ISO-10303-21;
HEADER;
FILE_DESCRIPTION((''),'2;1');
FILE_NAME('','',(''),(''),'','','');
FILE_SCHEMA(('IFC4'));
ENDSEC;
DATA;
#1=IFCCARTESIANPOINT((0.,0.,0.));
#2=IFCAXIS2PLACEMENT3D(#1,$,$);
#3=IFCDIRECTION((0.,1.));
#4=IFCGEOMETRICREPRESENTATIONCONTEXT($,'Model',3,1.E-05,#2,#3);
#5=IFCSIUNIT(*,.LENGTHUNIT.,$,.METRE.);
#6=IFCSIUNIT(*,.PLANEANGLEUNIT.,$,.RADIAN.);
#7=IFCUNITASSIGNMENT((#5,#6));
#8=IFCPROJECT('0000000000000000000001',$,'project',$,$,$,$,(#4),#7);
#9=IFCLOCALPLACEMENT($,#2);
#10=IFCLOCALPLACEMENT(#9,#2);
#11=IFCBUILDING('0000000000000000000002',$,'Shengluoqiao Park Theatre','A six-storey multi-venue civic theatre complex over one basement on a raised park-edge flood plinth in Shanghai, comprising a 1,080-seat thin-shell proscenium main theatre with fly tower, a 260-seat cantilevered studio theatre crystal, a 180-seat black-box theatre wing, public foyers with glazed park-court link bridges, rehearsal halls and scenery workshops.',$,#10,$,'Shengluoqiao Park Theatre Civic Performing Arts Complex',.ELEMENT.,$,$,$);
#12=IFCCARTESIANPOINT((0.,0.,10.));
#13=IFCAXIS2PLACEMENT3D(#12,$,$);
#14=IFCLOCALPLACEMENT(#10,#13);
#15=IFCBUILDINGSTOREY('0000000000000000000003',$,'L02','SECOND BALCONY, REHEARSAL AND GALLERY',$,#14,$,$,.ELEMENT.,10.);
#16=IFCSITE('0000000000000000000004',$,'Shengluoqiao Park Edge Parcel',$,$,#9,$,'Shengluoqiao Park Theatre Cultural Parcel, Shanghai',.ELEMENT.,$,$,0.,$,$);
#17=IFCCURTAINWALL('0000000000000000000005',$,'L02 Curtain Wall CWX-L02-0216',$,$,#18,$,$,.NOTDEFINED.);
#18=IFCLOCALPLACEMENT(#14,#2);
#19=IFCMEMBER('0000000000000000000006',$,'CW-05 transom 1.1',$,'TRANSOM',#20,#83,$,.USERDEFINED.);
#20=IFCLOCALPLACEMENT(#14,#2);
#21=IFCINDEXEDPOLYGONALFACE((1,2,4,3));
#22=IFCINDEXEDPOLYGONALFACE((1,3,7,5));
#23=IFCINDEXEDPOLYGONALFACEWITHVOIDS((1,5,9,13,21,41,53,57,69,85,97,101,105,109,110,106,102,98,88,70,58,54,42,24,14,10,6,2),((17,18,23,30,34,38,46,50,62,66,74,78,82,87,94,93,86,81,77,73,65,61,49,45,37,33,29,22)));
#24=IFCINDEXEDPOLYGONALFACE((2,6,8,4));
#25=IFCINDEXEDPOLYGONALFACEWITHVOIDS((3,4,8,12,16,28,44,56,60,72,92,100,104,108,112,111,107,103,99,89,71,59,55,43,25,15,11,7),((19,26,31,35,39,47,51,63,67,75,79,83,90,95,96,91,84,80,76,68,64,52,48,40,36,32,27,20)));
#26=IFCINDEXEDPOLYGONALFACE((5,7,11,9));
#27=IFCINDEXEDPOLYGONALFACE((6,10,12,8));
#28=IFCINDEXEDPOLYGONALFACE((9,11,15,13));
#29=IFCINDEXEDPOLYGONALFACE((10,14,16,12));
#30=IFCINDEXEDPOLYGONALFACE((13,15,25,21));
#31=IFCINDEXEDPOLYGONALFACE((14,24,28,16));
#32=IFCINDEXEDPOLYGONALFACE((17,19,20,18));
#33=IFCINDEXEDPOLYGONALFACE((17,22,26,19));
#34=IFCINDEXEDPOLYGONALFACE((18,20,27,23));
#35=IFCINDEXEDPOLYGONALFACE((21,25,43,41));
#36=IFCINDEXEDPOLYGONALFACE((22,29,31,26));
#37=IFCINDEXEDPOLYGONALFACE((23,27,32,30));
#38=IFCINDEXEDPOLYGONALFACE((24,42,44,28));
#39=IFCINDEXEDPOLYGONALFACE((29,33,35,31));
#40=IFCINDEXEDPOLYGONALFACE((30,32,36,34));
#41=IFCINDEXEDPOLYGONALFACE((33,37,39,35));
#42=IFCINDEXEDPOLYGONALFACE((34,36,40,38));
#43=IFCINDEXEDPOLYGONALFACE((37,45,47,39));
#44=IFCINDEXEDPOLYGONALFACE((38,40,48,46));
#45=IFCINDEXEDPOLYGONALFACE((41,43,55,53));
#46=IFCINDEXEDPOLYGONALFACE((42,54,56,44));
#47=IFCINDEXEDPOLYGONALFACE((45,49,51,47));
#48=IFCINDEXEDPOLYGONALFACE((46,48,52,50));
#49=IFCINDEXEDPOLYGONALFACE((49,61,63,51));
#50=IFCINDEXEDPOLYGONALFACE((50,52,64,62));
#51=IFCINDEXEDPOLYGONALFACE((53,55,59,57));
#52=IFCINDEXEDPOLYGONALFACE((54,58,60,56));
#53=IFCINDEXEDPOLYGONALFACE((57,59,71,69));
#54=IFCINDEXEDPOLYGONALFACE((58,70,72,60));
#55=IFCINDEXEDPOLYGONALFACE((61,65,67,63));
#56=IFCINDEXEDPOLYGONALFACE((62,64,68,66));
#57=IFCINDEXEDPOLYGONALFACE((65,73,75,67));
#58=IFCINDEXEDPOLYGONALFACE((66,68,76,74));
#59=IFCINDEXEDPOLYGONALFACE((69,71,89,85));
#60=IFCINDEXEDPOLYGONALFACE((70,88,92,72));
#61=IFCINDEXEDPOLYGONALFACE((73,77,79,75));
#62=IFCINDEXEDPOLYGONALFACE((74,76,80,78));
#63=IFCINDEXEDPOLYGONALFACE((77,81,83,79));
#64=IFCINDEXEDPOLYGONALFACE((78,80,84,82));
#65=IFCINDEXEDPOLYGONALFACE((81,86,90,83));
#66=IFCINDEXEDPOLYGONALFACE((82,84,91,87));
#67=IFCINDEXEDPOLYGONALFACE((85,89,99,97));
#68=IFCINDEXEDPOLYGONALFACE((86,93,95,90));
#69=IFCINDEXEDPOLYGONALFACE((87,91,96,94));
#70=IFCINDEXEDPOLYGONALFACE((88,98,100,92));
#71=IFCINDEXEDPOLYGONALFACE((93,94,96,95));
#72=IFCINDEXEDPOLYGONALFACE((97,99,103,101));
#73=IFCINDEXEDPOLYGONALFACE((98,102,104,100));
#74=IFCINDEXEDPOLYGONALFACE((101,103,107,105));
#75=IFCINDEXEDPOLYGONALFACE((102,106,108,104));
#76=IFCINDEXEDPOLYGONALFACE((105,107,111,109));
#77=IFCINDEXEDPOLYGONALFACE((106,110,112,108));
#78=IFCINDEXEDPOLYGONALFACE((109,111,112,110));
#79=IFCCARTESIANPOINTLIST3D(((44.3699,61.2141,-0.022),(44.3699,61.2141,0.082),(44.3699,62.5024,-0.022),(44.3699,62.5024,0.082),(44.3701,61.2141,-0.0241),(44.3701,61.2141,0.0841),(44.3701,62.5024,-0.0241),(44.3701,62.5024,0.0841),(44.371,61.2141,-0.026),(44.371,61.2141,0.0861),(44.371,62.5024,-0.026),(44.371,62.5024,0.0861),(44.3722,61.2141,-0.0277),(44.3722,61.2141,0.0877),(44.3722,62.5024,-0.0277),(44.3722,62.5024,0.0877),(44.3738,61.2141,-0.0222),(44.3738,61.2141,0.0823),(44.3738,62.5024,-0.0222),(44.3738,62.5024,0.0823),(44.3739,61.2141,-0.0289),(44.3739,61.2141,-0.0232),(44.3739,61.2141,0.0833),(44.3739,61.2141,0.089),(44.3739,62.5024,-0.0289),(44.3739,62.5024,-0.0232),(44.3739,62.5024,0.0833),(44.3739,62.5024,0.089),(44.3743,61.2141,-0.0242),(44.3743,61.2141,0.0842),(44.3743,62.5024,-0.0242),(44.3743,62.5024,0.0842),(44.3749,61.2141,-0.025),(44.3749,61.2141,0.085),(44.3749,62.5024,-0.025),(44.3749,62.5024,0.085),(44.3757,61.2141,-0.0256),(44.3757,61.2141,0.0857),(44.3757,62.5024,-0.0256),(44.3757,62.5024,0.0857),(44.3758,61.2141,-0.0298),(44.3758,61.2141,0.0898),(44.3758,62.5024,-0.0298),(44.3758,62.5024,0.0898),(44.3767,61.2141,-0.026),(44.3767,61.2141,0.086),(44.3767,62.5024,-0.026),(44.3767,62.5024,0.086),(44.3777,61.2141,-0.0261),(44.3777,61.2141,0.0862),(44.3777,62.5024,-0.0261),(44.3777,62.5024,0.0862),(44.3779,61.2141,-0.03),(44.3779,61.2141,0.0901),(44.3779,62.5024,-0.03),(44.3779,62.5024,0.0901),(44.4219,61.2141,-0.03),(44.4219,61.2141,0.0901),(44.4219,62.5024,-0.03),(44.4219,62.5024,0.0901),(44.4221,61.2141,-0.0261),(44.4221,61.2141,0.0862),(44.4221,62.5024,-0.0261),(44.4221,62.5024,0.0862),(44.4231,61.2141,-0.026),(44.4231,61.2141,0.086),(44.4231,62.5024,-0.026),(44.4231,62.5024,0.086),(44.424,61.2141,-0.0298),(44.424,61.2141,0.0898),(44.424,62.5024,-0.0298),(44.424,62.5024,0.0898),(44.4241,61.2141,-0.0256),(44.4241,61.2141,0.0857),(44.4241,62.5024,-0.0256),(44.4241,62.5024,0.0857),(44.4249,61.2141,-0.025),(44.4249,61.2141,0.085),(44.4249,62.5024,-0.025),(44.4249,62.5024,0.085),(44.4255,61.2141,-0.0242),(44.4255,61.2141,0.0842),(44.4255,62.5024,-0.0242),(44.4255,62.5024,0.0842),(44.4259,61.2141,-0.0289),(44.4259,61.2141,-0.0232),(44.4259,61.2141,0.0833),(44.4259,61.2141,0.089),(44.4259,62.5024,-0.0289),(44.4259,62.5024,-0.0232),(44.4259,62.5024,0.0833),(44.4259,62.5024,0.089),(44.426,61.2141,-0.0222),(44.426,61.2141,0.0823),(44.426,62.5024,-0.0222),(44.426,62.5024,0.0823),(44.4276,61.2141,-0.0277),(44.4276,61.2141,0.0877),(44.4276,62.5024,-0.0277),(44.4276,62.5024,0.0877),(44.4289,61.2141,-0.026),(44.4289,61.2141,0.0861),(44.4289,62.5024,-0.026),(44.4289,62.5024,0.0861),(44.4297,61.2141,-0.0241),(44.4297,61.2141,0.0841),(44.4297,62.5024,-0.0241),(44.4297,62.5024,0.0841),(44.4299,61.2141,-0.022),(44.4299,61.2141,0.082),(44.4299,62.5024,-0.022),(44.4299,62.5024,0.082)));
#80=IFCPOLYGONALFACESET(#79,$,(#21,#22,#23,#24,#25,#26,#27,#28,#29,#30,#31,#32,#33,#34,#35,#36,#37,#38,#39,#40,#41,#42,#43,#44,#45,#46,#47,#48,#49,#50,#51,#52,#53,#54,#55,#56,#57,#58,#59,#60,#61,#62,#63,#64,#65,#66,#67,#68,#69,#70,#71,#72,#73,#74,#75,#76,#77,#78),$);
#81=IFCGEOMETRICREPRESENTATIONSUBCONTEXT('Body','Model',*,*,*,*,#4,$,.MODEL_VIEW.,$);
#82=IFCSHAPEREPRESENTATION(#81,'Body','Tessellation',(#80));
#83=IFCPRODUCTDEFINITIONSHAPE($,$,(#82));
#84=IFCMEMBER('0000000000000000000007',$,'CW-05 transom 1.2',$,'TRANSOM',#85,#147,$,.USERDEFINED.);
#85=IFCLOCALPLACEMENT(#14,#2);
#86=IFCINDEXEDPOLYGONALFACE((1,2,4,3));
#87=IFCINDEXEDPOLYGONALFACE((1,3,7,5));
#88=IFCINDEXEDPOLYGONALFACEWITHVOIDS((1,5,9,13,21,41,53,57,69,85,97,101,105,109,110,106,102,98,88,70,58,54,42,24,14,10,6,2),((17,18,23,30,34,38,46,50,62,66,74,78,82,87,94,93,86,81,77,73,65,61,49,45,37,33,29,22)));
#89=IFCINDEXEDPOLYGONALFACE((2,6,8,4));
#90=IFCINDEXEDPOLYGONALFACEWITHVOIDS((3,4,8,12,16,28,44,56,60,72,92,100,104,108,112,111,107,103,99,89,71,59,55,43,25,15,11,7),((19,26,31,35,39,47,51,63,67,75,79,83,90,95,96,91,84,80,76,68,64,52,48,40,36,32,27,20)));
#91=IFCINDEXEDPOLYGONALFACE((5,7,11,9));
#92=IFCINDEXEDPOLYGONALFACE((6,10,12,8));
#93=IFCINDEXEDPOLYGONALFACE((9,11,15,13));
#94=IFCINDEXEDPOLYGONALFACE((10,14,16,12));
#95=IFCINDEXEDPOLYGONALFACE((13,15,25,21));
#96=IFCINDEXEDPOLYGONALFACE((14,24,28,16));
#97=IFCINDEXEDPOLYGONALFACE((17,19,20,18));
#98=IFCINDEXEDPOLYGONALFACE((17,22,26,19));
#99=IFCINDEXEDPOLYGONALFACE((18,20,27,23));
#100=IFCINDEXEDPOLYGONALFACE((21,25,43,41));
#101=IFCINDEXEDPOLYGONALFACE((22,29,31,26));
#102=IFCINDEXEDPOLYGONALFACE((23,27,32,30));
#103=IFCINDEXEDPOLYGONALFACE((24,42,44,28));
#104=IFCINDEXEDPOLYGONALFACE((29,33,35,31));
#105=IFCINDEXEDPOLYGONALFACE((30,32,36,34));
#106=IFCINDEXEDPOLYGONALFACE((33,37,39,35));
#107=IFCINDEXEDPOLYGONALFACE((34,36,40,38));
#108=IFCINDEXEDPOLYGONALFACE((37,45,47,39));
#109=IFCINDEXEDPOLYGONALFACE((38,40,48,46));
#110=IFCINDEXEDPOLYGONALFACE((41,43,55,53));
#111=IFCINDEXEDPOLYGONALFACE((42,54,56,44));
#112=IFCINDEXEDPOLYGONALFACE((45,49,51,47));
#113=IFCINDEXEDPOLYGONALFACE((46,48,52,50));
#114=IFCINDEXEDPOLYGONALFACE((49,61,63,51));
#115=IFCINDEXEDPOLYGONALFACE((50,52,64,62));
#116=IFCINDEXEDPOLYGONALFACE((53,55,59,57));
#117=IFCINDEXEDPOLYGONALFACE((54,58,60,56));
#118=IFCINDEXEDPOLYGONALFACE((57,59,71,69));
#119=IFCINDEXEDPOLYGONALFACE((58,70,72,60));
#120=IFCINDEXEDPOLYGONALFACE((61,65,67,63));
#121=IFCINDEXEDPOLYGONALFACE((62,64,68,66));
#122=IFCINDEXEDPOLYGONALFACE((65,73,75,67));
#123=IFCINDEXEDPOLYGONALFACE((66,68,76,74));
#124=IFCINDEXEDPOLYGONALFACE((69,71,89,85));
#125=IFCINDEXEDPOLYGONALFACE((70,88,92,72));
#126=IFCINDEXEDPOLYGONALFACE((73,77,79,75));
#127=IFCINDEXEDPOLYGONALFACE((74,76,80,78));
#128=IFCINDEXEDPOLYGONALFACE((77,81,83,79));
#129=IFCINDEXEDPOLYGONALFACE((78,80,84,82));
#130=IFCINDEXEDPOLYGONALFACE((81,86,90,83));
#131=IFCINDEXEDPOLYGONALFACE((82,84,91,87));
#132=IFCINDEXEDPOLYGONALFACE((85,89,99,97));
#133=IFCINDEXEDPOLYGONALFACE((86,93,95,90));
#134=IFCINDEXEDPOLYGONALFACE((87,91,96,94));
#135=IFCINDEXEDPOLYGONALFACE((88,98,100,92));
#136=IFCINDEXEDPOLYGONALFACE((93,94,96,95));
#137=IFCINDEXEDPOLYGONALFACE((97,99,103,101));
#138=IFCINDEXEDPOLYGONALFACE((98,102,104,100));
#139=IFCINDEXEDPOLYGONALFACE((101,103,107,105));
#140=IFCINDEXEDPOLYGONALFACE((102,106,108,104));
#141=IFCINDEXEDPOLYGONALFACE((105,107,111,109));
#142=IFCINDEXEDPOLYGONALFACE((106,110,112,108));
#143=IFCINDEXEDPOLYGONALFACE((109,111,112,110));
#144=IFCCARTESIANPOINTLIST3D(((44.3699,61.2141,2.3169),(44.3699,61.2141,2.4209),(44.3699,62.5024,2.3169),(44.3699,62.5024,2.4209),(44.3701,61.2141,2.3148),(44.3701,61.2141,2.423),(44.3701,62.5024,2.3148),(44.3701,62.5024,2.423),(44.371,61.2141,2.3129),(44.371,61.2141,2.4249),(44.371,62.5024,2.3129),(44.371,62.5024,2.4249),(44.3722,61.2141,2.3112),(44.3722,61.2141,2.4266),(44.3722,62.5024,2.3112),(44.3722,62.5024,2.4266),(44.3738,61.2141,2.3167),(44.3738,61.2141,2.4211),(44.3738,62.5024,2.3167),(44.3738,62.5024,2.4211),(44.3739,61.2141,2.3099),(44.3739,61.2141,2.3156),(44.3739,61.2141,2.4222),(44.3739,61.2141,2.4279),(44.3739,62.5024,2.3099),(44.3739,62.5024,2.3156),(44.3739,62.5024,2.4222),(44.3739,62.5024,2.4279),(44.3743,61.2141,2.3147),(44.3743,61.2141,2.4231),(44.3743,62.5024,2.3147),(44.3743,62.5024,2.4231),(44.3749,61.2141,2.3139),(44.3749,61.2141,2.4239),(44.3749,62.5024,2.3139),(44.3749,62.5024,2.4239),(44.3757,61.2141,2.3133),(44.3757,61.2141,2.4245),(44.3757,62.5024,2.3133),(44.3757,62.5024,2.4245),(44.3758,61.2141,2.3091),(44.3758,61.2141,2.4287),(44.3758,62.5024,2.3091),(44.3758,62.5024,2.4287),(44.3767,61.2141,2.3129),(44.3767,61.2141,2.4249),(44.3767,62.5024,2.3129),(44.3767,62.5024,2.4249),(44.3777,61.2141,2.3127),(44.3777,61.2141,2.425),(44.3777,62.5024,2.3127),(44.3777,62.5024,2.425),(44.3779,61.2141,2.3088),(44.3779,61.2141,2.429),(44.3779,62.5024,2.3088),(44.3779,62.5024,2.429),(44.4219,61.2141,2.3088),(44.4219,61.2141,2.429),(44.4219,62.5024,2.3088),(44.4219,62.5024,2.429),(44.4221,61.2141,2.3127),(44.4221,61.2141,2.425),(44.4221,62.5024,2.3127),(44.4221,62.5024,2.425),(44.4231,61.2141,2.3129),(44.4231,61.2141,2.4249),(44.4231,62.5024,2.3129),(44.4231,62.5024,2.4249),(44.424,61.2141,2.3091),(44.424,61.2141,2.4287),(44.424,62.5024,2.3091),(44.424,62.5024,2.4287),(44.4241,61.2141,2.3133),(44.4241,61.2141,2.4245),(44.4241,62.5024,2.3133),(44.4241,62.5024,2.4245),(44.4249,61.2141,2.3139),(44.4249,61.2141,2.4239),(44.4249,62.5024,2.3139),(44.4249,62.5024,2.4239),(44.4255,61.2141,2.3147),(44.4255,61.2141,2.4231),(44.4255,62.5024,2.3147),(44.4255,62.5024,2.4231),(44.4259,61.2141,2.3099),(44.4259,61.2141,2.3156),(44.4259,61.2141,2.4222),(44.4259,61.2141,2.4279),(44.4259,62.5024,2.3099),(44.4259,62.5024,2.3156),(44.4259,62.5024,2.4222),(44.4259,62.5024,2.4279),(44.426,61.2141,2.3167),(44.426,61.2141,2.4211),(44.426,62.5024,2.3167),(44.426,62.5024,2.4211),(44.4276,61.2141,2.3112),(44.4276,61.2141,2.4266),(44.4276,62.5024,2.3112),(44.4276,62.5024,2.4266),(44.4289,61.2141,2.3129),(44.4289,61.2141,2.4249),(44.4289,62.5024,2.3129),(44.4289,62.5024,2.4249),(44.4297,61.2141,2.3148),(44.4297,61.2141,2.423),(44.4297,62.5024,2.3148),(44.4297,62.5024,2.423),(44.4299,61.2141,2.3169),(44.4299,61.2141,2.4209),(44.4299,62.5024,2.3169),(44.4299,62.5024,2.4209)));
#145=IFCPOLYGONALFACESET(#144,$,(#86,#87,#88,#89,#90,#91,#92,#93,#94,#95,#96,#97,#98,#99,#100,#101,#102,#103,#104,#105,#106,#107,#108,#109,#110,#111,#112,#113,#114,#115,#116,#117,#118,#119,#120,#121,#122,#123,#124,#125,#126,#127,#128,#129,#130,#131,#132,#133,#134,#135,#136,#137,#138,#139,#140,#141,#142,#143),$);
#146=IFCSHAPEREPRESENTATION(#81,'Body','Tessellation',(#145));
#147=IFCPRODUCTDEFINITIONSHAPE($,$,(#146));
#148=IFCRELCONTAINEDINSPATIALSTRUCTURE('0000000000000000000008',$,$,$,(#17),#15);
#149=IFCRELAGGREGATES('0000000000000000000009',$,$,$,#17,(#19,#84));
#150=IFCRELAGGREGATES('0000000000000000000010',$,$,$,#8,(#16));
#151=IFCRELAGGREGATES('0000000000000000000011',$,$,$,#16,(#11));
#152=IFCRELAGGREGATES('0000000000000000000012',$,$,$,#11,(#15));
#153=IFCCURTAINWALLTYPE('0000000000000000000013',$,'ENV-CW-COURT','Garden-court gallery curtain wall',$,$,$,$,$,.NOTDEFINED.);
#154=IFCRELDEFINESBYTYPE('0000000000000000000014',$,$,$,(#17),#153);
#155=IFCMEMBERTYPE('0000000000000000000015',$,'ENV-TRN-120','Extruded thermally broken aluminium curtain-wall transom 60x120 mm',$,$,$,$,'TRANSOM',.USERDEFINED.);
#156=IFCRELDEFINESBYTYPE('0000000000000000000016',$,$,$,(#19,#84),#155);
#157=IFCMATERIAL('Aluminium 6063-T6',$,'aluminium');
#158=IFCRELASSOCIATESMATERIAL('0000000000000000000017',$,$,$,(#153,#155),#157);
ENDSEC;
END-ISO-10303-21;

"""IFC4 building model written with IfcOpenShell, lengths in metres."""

from ifc_helpers import new_model, si_unit, direction, frame, origin, origin_2d, place, context, subcontext, project, spatial, hollow_rectangle, extrude, material, material_profile, profile_set, type_object, element, aggregate, save


model = new_model("IFC4")

# Units and contexts
model_context = context("Model", 3, precision=1e-05, world=origin(), true_north=direction((0.0, 1.0)))
body_context = subcontext(model_context, "Body", "Model", "MODEL_VIEW")
ifc_project = project(units=[si_unit("LENGTHUNIT", "METRE"), si_unit("PLANEANGLEUNIT", "RADIAN")], contexts=[model_context])

# Site, building, storey
site_placement = place(None, origin())
site = spatial("IfcSite", under=ifc_project, at=site_placement, Name="Shengluoqiao Park Edge Parcel", LongName="Shengluoqiao Park Theatre Cultural Parcel, Shanghai", CompositionType="ELEMENT", RefElevation=0.0)
building_placement = place(site_placement, origin())
building = spatial("IfcBuilding", under=site, at=building_placement, Name="Shengluoqiao Park Theatre", Description="A six-storey multi-venue civic theatre complex over one basement on a raised park-edge flood plinth in Shanghai, comprising a 1,080-seat thin-shell proscenium main theatre with fly tower, a 260-seat cantilevered studio theatre crystal, a 180-seat black-box theatre wing, public foyers with glazed park-court link bridges, rehearsal halls and scenery workshops.", LongName="Shengluoqiao Park Theatre Civic Performing Arts Complex", CompositionType="ELEMENT")
storey_placement = place(building_placement, frame((0.0, 0.0, 10.0)))
storey = spatial("IfcBuildingStorey", under=building, at=storey_placement, Name="L02", Description="SECOND BALCONY, REHEARSAL AND GALLERY", CompositionType="ELEMENT", Elevation=10.0)

# Curtain wall
ifc_material_1 = material(Name="Aluminium 6063-T6", Category="aluminium")
curtain_wall_type = type_object("IfcCurtainWallType", Name="ENV-CW-COURT", Description="Garden-court gallery curtain wall", PredefinedType="NOTDEFINED", material=ifc_material_1)
curtain_wall_1_placement = place(storey_placement, origin())
curtain_wall_1 = element("IfcCurtainWall", 1, at=curtain_wall_1_placement, inside=storey, type_object=curtain_wall_type, Name="L02 Curtain Wall CWX-L02-0216", PredefinedType="NOTDEFINED")

# Members
ifc_material_profile_1 = material_profile(ifc_material_1, hollow_rectangle(XDim=0.0601, YDim=0.1201, WallThickness=0.0039, InnerFilletRadius=0.0039, OuterFilletRadius=0.0081, at=origin_2d()), Name="ALU TRANSOM 120x60x4")
ifc_profile_set_1 = profile_set([ifc_material_profile_1], Name="Aluminium 6063-T6")
member_type_1 = type_object("IfcMemberType", Name="ENV-TRN-120", Description="Extruded thermally broken aluminium curtain-wall transom 60x120 mm", ElementType="TRANSOM", PredefinedType="USERDEFINED", material=ifc_profile_set_1)
member_1_placement = place(storey_placement, frame((44.3999, 61.2141, 0.03), z_axis=(0.0, 1.0, 0.0), x_axis=(-1.0, 0.0, 0.0)))
member_1 = element("IfcMember", 2, at=member_1_placement, type_object=member_type_1, Name="CW-05 transom 1.1", ObjectType="TRANSOM", PredefinedType="USERDEFINED", context=body_context, shape_type="SweptSolid", body=[
    extrude(hollow_rectangle(XDim=0.0601, YDim=0.1201, WallThickness=0.0039, InnerFilletRadius=0.0039, OuterFilletRadius=0.0081, at=origin_2d()), origin(), (0.0, 0.0, 1.0), 1.2883),
])
member_2_placement = place(storey_placement, frame((44.3999, 61.2141, 2.3689), z_axis=(0.0, 1.0, 0.0), x_axis=(-1.0, 0.0, 0.0)))
member_2 = element("IfcMember", 3, at=member_2_placement, type_object=member_type_1, Name="CW-05 transom 1.2", ObjectType="TRANSOM", PredefinedType="USERDEFINED", context=body_context, shape_type="SweptSolid", body=[
    extrude(hollow_rectangle(XDim=0.0601, YDim=0.1201, WallThickness=0.0039, InnerFilletRadius=0.0039, OuterFilletRadius=0.0081, at=origin_2d()), origin(), (0.0, 0.0, 1.0), 1.2883),
])

aggregate(curtain_wall_1, [member_1, member_2])

save(model, "model.ifc")
